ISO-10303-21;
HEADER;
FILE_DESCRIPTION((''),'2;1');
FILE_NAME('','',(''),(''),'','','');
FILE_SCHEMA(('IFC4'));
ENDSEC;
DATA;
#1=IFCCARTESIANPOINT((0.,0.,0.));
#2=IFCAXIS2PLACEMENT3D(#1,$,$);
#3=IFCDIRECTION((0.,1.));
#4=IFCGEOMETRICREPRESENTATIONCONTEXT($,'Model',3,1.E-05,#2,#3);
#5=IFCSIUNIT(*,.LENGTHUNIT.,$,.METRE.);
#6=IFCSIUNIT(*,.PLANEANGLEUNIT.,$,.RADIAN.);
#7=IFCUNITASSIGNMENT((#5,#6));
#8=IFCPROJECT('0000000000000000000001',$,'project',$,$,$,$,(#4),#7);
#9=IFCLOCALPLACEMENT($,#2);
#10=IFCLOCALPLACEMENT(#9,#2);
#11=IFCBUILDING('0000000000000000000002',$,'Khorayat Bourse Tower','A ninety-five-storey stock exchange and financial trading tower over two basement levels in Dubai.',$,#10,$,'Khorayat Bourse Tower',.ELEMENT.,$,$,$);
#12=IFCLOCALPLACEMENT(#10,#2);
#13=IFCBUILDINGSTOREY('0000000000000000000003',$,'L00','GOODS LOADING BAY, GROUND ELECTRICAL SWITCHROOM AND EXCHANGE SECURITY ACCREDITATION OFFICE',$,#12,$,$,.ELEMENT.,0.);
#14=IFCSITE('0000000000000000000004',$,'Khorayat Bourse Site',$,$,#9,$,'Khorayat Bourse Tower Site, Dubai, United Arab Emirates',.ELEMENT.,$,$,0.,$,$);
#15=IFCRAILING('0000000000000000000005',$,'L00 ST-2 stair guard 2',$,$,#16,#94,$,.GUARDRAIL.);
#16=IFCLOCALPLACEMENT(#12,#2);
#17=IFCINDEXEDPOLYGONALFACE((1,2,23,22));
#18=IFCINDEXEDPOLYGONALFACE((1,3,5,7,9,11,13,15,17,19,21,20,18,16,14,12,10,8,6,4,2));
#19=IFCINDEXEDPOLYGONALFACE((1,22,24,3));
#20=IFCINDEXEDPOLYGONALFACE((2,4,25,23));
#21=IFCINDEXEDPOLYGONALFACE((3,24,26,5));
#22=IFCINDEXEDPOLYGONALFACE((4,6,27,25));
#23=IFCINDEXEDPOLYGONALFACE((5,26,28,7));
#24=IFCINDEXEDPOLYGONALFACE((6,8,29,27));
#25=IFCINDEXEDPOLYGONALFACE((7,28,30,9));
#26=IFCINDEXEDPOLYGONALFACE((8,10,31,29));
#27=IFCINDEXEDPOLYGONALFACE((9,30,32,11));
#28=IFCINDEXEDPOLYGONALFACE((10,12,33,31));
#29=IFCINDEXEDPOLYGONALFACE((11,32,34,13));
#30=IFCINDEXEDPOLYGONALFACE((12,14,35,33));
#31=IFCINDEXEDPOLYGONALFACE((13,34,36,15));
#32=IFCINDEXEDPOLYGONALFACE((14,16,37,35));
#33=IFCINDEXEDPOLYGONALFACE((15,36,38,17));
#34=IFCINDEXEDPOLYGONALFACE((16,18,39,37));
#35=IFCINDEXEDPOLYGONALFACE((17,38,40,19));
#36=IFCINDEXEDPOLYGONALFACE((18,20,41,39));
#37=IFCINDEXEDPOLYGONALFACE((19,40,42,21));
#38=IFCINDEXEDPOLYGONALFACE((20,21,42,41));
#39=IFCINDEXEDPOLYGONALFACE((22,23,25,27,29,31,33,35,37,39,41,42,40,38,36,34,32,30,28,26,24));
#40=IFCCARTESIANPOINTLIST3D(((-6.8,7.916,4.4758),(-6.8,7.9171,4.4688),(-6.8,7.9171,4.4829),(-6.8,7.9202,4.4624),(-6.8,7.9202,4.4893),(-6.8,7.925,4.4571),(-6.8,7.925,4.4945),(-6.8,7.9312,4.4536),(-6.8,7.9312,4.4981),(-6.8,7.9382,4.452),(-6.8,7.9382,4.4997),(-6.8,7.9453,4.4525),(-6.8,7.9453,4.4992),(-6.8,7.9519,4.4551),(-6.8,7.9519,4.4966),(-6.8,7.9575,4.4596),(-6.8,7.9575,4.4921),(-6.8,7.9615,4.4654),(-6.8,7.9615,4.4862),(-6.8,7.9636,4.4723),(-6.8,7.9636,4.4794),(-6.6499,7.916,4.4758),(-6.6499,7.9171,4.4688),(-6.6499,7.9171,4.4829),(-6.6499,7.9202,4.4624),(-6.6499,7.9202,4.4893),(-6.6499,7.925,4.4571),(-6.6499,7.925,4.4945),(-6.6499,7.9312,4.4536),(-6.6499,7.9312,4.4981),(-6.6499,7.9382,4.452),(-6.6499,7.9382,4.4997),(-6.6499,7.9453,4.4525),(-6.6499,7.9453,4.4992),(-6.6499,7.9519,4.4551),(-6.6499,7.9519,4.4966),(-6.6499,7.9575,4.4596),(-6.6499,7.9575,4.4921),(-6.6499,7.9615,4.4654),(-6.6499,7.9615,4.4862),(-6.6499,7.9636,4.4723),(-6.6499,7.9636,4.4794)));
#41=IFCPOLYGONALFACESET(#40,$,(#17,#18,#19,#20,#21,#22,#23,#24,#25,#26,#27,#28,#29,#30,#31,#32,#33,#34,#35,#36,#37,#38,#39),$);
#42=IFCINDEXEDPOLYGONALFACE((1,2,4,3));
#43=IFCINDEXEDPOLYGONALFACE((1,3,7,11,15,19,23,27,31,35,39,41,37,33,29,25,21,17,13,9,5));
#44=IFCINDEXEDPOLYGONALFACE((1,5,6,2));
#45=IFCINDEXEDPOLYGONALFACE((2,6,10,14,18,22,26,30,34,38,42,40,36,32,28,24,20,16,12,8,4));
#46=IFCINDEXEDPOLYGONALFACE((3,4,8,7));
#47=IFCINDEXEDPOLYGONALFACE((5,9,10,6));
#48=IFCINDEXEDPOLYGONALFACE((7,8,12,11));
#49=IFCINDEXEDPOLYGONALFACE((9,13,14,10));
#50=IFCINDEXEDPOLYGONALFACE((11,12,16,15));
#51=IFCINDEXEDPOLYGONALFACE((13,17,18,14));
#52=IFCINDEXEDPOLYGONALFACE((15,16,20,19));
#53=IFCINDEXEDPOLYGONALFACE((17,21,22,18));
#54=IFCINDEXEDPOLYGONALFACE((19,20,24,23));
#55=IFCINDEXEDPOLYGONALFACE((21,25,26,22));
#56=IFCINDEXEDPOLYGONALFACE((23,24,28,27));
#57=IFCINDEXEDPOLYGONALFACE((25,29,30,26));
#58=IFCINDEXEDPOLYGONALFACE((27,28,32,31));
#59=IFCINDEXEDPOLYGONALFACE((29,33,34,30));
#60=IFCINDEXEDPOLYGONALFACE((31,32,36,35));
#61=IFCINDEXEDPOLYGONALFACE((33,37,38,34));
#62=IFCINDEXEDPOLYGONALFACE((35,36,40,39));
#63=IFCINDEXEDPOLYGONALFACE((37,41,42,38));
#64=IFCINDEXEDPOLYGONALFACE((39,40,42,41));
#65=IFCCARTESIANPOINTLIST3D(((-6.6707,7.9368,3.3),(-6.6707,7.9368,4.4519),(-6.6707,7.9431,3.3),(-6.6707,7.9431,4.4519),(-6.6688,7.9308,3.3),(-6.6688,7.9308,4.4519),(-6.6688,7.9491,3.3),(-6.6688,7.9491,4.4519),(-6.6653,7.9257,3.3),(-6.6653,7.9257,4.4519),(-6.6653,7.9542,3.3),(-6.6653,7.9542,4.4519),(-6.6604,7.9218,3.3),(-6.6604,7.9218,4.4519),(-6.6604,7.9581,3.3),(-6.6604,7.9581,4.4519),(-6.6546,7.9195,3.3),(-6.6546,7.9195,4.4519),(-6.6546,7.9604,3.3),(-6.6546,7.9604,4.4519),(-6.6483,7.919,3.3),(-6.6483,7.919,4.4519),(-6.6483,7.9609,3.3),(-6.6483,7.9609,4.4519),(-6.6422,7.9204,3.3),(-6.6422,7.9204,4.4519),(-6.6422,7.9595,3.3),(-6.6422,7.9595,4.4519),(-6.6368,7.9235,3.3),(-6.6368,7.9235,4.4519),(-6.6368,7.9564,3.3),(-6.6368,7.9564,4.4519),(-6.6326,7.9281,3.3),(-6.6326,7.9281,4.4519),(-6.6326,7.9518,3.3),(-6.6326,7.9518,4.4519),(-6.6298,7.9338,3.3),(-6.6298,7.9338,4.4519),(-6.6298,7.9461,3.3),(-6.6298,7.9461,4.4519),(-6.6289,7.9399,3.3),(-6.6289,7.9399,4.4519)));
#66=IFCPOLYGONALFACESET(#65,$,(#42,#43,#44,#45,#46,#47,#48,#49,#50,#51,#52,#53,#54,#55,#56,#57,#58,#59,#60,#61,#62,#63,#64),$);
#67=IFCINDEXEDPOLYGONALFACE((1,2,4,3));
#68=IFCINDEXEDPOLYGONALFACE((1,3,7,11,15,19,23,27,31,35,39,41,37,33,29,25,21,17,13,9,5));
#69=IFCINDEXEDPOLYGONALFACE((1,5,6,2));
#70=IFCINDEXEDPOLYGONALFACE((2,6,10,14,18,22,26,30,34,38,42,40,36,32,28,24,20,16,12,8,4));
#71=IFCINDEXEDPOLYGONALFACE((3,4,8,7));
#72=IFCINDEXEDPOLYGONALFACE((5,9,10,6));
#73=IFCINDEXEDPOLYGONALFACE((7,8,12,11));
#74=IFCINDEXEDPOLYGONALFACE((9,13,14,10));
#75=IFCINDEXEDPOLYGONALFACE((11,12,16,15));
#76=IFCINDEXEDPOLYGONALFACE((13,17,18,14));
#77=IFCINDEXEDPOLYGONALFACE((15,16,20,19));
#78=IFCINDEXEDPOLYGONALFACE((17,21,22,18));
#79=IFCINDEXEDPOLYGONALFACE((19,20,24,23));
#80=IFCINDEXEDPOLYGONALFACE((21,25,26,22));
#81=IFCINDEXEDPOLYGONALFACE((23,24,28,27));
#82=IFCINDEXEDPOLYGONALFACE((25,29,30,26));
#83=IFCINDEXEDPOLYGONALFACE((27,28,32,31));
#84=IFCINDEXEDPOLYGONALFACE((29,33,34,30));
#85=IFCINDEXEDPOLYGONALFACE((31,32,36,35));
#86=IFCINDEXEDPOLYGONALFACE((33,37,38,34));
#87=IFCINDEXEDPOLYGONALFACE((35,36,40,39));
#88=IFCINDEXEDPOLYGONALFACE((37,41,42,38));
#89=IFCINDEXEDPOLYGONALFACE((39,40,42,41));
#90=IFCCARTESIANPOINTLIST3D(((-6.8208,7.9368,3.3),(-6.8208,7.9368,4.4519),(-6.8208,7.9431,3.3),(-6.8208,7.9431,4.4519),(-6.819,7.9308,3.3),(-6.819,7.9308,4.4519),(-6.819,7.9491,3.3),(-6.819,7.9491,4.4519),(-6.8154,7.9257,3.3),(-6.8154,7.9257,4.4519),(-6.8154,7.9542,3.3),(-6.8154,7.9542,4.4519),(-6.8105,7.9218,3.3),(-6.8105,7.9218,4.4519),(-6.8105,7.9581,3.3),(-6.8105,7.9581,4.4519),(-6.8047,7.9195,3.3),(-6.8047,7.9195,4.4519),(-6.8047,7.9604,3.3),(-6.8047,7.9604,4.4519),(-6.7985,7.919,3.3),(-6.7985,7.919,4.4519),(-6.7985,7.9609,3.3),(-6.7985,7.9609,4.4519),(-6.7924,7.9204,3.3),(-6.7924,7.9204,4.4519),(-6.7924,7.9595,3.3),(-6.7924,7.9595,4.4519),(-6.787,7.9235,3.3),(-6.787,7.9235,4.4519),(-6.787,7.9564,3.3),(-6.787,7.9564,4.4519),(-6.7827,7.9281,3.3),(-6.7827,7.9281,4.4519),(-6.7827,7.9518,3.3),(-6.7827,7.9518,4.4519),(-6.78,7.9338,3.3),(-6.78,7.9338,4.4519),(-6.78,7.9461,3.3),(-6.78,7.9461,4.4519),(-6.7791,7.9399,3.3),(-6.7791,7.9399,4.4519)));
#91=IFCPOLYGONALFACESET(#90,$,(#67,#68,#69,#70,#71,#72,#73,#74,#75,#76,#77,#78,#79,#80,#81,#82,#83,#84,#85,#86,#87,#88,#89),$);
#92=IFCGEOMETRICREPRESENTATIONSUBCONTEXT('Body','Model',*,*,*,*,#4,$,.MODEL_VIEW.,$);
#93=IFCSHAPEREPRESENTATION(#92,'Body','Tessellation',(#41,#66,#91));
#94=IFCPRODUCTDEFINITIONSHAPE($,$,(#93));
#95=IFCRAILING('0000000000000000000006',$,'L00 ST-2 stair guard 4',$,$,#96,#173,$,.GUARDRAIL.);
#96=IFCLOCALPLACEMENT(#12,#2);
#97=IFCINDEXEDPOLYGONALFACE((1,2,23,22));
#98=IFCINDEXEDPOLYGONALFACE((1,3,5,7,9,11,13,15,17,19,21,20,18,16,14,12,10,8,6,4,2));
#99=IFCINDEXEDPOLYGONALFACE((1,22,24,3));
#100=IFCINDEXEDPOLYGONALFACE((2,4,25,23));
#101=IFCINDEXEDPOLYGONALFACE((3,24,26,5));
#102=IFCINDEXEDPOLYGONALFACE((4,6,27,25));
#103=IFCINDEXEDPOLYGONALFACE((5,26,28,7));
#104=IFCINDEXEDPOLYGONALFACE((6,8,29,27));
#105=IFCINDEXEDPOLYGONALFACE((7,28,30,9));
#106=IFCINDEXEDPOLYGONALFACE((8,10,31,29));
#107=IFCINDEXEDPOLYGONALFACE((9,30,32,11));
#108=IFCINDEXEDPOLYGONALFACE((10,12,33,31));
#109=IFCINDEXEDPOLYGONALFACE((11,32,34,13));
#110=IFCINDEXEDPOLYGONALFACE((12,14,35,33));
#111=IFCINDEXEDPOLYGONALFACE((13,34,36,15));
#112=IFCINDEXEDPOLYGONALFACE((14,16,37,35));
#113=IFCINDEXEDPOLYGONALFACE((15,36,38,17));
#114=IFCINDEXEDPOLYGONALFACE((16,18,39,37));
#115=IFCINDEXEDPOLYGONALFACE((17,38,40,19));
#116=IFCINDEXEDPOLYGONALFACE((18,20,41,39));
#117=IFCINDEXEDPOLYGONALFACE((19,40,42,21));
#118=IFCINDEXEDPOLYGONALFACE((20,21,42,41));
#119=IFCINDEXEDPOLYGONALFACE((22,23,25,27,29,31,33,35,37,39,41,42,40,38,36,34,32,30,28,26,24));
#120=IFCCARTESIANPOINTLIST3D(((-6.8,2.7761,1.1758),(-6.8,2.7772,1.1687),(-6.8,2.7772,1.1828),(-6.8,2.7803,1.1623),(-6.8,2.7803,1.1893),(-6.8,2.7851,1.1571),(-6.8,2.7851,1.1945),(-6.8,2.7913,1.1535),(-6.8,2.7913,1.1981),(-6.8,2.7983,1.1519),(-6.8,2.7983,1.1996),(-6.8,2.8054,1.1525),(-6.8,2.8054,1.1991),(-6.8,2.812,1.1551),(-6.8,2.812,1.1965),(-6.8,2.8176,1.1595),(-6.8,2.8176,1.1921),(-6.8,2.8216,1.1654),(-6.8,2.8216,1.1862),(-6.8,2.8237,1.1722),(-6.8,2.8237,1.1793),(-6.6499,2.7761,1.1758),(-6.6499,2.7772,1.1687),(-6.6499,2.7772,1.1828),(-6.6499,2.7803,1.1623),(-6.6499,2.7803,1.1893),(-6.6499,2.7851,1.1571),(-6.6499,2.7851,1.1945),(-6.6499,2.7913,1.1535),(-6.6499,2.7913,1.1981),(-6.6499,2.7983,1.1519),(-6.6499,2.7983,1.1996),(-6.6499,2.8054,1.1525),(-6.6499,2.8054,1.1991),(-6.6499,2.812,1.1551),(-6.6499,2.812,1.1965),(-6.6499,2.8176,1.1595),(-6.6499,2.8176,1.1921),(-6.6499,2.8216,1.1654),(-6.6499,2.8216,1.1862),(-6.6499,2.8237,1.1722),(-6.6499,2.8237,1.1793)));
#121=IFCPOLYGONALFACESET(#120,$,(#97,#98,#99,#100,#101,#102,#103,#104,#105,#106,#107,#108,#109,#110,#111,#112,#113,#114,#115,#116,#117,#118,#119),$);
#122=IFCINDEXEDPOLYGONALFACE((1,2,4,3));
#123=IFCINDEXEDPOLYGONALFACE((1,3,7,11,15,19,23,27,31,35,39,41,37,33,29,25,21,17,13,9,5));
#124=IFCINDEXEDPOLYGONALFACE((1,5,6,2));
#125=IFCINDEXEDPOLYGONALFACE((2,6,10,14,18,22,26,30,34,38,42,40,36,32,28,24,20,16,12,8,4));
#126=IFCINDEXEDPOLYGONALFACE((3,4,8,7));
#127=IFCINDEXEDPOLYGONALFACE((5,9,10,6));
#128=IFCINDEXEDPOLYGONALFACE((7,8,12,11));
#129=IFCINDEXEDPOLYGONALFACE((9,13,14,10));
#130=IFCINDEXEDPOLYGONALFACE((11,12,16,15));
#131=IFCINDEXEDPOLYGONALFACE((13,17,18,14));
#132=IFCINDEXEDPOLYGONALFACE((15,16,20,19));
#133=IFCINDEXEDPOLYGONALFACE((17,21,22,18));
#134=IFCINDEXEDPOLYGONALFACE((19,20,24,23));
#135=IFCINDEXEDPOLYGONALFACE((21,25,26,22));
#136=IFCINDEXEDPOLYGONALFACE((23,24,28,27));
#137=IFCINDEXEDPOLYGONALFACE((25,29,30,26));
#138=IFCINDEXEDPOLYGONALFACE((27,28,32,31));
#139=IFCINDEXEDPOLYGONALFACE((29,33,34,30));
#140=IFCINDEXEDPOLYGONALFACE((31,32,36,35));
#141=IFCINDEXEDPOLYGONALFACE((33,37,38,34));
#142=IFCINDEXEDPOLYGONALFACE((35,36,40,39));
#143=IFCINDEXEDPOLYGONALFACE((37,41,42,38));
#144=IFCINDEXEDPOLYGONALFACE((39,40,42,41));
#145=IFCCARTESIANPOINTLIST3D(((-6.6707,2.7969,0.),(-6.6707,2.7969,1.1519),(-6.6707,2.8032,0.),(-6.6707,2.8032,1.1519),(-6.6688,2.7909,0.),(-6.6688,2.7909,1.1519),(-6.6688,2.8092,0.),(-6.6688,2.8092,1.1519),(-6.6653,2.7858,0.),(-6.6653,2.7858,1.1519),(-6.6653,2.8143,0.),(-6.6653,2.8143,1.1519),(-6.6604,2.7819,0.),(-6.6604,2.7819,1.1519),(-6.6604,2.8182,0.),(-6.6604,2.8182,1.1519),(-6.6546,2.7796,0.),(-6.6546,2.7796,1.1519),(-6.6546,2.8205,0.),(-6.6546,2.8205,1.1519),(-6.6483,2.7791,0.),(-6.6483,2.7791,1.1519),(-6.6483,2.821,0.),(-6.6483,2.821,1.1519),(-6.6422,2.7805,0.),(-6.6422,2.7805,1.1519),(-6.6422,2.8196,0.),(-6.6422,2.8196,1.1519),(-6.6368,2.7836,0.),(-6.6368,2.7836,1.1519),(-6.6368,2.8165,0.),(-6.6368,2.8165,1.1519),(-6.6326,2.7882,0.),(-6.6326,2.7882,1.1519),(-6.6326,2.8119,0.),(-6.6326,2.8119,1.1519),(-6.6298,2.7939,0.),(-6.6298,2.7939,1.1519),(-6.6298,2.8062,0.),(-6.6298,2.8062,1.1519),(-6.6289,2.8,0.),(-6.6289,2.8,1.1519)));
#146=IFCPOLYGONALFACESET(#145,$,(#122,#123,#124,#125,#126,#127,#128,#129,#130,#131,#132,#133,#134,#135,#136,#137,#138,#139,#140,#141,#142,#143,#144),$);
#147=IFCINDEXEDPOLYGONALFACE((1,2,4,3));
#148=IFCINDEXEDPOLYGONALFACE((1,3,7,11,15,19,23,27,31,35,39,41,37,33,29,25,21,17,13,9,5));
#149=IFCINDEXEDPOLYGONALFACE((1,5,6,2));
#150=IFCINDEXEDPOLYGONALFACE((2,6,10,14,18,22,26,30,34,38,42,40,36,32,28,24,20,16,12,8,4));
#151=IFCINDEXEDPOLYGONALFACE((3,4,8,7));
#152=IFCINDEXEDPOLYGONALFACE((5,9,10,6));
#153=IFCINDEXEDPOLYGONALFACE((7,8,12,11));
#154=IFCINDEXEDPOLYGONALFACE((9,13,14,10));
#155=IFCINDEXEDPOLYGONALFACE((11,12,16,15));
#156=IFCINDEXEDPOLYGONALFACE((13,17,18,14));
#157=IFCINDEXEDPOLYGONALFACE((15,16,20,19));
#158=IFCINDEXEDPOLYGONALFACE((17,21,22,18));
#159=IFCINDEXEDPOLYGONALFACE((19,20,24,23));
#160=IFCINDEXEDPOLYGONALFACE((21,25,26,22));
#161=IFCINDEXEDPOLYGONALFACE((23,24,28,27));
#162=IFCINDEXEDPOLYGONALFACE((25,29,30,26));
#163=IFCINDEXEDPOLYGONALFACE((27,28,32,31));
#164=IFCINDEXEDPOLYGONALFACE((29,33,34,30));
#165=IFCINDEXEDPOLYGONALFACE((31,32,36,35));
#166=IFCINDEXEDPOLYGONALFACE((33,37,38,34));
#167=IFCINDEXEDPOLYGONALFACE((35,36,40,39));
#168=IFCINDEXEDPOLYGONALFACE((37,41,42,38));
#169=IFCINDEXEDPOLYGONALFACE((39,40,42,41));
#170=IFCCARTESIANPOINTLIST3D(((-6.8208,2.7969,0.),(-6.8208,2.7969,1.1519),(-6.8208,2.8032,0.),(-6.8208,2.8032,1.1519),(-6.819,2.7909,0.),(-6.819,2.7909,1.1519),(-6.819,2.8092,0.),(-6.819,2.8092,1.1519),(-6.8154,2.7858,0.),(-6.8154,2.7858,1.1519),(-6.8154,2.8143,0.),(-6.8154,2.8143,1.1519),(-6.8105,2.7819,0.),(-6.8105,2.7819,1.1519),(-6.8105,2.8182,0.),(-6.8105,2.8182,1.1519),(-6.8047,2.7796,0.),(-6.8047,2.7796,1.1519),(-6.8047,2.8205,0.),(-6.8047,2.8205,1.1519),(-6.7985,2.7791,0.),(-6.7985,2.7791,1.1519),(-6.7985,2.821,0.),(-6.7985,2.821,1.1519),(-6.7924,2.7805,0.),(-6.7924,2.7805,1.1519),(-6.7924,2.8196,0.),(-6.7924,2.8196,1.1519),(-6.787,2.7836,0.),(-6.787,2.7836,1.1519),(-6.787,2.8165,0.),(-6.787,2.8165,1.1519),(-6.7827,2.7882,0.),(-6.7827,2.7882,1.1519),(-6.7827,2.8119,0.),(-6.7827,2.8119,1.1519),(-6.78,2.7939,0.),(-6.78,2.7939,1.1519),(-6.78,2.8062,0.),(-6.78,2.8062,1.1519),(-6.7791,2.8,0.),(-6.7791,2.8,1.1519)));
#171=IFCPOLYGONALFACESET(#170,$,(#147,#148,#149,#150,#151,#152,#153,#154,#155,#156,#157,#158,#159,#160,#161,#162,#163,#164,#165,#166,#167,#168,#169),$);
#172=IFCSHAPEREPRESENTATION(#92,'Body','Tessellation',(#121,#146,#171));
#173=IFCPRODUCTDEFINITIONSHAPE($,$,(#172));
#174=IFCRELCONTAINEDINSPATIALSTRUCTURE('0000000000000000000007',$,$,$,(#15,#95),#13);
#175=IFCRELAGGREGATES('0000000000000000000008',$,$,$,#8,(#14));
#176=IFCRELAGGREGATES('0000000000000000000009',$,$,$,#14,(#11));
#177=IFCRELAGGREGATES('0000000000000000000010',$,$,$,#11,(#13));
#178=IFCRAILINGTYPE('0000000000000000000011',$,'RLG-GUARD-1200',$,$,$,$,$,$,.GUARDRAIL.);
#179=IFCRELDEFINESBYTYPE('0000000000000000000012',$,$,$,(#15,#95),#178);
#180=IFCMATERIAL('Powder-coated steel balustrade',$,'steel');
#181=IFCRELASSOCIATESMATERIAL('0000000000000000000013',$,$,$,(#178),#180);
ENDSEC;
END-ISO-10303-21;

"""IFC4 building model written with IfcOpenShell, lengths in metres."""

from ifc_helpers import new_model, si_unit, direction, frame, origin, origin_2d, place, context, subcontext, project, spatial, circle, extrude, source, transform, mapped, material, type_object, element, save


model = new_model("IFC4")

# Units and contexts
model_context = context("Model", 3, precision=1e-05, world=origin(), true_north=direction((0.0, 1.0)))
body_context = subcontext(model_context, "Body", "Model", "MODEL_VIEW")
ifc_project = project(units=[si_unit("LENGTHUNIT", "METRE"), si_unit("PLANEANGLEUNIT", "RADIAN")], contexts=[model_context])

# Site, building, storey
site_placement = place(None, origin())
site = spatial("IfcSite", under=ifc_project, at=site_placement, Name="Khorayat Bourse Site", LongName="Khorayat Bourse Tower Site, Dubai, United Arab Emirates", CompositionType="ELEMENT", RefElevation=0.0)
building_placement = place(site_placement, origin())
building = spatial("IfcBuilding", under=site, at=building_placement, Name="Khorayat Bourse Tower", Description="A ninety-five-storey stock exchange and financial trading tower over two basement levels in Dubai.", LongName="Khorayat Bourse Tower", CompositionType="ELEMENT")
storey_placement = place(building_placement, origin())
storey = spatial("IfcBuildingStorey", under=building, at=storey_placement, Name="L00", Description="GOODS LOADING BAY, GROUND ELECTRICAL SWITCHROOM AND EXCHANGE SECURITY ACCREDITATION OFFICE", CompositionType="ELEMENT", Elevation=0.0)

# Railings
ifc_material_1 = material(Name="Powder-coated steel balustrade", Category="steel")
railing_type_1 = type_object("IfcRailingType", Name="RLG-GUARD-1200", PredefinedType="GUARDRAIL", material=ifc_material_1)
shared_shape_1 = source(origin(), body_context, "Body", "SweptSolid", [
    extrude(circle(Radius=0.0239, at=origin_2d()), frame((0.0, 0.0, 1.1758), z_axis=(-1.0, 0.0, 0.0), x_axis=(0.0, -1.0, 0.0)), (0.0, 0.0, 1.0), 0.1501),
    extrude(circle(Radius=0.021, at=origin_2d()), origin(), (0.0, 0.0, 1.0), 1.1519),
    extrude(circle(Radius=0.021, at=origin_2d()), frame((-0.1501, 0.0, 0.0)), (0.0, 0.0, 1.0), 1.1519),
])
for number, where, name in (
    (1, (-6.6499, 7.9399, 3.3), "L00 ST-2 stair guard 2"),
    (2, (-6.6499, 2.8, 0.0), "L00 ST-2 stair guard 4"),
):
    element("IfcRailing", number, at=place(storey_placement, frame(where)), inside=storey, type_object=railing_type_1, Name=name, PredefinedType="GUARDRAIL", context=body_context, shape_type="MappedRepresentation", body=[
        mapped(shared_shape_1, transform((0.0, 0.0, 0.0), scale=1.0)),
    ])

save(model, "model.ifc")
